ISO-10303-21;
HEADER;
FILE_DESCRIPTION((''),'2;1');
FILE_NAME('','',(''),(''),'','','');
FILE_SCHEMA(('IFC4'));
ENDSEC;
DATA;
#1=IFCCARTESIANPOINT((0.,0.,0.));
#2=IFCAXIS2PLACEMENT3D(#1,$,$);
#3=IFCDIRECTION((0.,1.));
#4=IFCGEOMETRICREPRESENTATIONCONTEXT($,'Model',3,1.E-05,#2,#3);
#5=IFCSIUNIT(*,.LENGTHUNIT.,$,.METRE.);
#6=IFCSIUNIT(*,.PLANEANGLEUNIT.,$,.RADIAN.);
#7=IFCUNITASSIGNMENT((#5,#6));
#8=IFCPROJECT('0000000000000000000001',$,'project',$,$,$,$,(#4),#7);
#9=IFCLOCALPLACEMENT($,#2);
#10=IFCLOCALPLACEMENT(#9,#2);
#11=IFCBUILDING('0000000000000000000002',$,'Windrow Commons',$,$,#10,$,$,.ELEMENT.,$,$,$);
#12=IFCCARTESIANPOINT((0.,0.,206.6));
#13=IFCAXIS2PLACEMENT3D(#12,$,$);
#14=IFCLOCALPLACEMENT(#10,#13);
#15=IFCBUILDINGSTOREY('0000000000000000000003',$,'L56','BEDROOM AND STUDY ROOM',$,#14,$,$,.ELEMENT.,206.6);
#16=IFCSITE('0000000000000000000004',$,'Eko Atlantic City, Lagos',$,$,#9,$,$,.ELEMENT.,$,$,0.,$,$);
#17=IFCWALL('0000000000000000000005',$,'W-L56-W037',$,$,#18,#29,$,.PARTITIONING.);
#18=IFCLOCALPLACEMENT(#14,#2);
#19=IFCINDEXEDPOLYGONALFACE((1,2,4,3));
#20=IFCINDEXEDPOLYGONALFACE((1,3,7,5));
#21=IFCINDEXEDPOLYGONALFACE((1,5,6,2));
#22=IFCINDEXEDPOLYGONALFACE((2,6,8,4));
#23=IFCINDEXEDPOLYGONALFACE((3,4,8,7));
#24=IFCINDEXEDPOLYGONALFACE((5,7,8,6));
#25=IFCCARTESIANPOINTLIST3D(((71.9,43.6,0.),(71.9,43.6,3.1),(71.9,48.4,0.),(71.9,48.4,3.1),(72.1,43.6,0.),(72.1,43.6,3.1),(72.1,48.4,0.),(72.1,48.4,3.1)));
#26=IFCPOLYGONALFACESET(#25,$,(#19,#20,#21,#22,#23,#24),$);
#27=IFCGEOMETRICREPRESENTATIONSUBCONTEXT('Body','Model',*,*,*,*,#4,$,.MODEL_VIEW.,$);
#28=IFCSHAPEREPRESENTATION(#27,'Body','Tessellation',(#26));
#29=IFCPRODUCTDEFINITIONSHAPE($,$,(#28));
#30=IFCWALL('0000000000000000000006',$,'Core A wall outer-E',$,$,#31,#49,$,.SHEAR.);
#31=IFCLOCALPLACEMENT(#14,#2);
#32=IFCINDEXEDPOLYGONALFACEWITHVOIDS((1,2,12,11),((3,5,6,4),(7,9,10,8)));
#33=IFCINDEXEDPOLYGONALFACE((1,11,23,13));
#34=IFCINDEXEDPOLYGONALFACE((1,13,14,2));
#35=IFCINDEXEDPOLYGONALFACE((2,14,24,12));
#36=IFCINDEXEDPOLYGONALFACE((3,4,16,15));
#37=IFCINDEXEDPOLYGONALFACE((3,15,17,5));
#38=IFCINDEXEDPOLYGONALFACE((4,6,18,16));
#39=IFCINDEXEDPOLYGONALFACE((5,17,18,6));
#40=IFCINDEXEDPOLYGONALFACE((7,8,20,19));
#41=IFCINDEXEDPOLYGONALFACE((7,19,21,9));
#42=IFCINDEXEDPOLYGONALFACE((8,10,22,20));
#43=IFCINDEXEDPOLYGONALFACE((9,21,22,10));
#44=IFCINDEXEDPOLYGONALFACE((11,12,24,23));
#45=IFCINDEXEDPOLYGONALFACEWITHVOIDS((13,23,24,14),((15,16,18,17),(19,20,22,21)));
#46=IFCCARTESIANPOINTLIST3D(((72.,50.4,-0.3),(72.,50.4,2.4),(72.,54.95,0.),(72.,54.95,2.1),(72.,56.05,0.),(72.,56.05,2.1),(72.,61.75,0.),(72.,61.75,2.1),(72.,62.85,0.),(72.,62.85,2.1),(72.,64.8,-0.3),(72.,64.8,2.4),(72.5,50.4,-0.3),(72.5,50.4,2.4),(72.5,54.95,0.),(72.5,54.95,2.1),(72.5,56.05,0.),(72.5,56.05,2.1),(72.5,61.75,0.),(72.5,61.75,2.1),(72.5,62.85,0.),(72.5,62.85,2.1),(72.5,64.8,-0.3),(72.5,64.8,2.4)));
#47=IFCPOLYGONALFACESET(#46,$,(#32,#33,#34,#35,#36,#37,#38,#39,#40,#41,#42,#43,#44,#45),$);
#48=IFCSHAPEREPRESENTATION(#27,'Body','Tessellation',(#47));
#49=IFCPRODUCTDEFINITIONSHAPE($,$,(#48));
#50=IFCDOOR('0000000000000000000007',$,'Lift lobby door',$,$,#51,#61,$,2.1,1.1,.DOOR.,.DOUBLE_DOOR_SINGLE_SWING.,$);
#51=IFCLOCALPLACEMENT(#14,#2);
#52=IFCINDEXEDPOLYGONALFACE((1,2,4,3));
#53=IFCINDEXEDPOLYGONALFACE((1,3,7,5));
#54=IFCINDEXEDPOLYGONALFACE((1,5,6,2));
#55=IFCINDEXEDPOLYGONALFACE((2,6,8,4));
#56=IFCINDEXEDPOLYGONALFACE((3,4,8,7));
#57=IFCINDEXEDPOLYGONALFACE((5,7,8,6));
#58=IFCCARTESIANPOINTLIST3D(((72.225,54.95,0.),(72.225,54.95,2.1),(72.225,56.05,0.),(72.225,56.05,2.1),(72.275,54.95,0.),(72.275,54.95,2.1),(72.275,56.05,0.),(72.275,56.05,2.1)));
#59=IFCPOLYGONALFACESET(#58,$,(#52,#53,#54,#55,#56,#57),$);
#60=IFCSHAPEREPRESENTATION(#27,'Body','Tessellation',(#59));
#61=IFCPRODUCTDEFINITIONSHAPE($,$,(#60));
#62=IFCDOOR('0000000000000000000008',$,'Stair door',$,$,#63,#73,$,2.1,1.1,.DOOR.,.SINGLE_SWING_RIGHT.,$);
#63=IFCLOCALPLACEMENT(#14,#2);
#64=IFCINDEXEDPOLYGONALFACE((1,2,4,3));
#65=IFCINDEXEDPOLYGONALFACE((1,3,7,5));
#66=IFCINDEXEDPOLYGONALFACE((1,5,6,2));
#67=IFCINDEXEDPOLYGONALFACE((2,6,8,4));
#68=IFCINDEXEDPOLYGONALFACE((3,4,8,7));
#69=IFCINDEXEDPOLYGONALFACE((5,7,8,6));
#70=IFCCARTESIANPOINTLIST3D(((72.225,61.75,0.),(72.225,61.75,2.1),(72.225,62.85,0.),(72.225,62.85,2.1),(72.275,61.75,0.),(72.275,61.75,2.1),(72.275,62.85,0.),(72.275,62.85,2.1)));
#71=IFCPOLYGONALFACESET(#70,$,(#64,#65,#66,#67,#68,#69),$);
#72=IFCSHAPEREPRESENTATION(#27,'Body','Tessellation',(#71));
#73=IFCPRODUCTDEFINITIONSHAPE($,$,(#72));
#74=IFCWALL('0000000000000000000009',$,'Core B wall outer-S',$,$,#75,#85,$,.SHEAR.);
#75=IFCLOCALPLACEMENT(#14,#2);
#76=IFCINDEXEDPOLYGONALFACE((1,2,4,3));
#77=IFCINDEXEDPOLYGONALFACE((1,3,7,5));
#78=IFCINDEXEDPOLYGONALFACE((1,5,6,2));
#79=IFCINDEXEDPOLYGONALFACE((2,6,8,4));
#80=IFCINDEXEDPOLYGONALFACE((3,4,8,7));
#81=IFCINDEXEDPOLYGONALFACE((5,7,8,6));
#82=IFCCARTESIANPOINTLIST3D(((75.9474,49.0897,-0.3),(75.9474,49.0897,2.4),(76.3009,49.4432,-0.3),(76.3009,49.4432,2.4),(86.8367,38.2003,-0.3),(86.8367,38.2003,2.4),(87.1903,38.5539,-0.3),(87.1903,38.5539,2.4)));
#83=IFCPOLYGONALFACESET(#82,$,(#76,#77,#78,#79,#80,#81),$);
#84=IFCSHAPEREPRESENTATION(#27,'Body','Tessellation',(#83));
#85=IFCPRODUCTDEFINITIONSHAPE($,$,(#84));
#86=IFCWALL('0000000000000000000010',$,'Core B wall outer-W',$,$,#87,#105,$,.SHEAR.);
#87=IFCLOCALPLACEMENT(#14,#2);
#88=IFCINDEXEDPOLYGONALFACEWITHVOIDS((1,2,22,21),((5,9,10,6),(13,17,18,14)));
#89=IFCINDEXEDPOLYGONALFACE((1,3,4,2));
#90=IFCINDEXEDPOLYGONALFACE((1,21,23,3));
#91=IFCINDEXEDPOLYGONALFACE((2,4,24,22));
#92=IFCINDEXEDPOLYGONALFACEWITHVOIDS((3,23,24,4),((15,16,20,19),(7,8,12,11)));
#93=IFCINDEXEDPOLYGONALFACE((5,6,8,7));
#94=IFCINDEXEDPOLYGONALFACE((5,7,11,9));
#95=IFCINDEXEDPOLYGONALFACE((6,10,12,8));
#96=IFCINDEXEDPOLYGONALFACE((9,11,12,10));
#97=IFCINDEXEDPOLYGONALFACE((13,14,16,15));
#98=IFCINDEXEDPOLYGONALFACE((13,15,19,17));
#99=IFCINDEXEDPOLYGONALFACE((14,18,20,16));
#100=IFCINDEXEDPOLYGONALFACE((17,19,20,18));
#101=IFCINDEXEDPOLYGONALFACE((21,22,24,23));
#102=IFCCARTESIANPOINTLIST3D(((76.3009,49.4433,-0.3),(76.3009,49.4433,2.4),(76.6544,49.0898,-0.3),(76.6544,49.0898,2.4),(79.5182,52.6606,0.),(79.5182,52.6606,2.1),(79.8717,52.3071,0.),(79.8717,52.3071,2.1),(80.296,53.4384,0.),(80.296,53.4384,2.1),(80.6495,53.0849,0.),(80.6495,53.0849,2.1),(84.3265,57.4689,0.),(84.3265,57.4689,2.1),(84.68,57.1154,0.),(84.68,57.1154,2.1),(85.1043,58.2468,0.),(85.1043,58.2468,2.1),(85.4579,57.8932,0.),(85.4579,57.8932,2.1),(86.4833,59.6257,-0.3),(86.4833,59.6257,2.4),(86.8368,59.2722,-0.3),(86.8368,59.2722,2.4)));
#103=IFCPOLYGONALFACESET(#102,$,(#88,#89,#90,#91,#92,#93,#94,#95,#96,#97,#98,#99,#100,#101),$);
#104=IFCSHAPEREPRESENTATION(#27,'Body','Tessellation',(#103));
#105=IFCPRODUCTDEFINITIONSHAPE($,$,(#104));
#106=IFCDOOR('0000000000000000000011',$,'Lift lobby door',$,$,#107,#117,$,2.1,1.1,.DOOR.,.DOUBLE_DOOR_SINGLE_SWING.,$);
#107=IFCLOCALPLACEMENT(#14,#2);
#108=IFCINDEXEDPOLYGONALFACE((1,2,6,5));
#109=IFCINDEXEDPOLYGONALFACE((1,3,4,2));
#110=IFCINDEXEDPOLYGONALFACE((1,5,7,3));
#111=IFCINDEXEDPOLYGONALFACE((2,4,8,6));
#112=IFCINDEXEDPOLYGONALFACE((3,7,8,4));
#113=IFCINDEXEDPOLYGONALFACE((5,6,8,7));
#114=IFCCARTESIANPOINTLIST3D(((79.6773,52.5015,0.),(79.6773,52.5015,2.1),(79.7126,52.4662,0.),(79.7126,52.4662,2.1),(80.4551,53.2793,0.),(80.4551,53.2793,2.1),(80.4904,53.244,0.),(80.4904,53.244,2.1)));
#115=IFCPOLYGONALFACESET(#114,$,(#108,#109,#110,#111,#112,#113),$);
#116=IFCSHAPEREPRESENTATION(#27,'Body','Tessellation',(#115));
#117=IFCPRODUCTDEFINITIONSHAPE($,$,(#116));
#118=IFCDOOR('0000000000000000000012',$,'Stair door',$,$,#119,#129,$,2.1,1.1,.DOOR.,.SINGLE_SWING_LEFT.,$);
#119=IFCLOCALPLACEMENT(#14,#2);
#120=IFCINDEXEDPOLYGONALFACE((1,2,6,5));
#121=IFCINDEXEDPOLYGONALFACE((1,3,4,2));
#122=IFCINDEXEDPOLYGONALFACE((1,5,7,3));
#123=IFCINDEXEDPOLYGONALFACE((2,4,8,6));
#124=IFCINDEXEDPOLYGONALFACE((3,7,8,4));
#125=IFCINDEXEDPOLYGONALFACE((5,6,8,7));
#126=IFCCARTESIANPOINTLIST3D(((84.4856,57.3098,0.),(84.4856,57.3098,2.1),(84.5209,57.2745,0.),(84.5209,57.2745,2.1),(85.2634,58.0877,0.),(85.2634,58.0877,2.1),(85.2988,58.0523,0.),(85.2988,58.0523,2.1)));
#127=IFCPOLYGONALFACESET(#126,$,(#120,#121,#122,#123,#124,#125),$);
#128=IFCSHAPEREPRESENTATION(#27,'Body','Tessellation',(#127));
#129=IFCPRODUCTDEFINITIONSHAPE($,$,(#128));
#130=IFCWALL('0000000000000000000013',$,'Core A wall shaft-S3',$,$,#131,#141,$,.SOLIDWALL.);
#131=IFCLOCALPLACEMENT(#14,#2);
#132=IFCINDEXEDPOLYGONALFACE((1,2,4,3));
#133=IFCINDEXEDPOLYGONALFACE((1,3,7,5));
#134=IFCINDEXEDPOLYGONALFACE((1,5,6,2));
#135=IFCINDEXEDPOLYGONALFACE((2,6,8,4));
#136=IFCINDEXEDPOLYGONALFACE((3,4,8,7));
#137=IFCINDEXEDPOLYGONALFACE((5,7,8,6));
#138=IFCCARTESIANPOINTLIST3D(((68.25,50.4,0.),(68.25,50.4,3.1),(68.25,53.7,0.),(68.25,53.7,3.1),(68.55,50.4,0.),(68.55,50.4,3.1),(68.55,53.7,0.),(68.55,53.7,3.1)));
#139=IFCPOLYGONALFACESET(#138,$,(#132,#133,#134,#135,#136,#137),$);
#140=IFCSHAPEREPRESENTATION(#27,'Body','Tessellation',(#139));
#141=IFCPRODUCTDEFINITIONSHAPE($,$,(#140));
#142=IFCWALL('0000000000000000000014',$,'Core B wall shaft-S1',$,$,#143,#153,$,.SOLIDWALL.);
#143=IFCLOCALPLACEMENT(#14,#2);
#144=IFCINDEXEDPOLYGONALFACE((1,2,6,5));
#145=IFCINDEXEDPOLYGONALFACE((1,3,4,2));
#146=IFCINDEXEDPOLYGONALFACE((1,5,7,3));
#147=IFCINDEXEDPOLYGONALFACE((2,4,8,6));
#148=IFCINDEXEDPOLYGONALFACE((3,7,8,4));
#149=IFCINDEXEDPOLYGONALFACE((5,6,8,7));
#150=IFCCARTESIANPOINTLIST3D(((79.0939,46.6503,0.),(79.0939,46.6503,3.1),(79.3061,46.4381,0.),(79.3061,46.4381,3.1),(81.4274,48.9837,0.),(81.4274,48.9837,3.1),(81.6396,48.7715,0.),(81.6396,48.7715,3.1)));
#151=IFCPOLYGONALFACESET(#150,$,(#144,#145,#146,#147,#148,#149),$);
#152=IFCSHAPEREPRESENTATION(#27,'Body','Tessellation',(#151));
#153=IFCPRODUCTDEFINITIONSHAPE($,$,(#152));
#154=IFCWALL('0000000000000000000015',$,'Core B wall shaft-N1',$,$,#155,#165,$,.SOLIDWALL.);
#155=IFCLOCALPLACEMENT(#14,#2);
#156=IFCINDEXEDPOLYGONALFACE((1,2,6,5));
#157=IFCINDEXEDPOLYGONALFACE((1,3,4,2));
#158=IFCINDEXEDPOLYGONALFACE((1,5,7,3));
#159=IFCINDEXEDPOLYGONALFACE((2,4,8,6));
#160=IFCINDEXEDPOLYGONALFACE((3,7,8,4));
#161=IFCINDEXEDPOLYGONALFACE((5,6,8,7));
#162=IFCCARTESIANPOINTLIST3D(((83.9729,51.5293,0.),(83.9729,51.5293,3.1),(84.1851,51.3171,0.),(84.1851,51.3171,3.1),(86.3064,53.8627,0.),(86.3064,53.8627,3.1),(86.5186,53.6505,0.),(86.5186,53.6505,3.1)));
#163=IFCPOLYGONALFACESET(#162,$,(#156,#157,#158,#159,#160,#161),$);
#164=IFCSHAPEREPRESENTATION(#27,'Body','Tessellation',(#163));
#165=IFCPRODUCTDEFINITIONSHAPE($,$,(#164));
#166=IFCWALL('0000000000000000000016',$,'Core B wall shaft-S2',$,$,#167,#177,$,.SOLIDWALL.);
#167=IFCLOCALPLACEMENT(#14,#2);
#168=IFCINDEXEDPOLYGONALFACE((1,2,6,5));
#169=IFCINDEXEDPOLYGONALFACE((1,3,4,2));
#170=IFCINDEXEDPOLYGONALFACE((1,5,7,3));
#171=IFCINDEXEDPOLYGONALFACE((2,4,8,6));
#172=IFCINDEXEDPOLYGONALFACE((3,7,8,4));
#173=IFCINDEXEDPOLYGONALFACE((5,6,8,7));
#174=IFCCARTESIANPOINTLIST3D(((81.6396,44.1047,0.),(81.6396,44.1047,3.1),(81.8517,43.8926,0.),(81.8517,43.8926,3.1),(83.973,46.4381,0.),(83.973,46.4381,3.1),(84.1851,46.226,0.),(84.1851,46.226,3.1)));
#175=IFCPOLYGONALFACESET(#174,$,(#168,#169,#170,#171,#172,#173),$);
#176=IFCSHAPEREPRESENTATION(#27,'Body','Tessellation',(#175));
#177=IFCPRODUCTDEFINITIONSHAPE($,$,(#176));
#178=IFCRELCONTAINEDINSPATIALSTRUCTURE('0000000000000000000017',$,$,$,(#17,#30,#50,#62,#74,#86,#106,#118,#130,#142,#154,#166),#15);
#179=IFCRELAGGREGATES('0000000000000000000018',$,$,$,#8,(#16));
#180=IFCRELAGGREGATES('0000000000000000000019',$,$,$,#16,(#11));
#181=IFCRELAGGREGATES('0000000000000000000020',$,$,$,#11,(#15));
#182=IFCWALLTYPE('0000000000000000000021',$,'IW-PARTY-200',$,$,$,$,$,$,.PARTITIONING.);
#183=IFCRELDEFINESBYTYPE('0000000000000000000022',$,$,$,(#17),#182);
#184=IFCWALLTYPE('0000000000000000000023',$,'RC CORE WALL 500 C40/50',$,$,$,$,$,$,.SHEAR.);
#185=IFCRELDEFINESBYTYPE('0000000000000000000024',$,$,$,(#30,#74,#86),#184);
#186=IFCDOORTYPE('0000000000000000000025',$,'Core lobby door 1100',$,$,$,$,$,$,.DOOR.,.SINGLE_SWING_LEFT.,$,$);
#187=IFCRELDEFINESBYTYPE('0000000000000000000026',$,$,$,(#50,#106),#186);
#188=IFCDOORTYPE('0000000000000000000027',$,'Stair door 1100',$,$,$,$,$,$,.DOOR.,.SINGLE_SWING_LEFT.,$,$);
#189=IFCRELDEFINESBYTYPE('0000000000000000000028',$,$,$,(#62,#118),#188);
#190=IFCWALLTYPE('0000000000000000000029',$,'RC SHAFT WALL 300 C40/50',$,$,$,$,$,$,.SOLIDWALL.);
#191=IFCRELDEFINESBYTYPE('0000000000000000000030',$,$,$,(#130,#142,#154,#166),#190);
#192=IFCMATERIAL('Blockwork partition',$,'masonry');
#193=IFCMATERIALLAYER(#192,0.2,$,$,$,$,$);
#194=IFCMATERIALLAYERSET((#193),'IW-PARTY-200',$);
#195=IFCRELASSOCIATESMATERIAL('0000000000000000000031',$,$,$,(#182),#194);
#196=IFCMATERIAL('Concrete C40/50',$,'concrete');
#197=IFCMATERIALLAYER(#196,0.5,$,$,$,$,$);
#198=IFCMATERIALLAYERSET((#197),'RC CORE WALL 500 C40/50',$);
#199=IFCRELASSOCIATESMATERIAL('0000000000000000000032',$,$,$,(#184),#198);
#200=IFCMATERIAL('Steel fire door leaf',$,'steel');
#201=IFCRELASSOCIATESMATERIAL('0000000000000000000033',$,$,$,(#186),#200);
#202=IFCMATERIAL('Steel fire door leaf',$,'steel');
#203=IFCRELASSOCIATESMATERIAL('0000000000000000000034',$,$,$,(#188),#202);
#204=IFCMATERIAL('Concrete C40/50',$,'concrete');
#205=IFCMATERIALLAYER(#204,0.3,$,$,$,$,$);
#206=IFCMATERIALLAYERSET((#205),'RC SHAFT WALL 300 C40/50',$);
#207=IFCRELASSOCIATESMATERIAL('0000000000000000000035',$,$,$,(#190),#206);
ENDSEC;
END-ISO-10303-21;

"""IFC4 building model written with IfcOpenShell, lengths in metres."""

from ifc_helpers import new_model, si_unit, direction, frame, frame_2d, origin, place, context, subcontext, project, spatial, rectangle, extrude, material, layer, layer_set, type_object, element, fill, save


model = new_model("IFC4")

# Units and contexts
model_context = context("Model", 3, precision=1e-05, world=origin(), true_north=direction((0.0, 1.0)))
body_context = subcontext(model_context, "Body", "Model", "MODEL_VIEW")
ifc_project = project(units=[si_unit("LENGTHUNIT", "METRE"), si_unit("PLANEANGLEUNIT", "RADIAN")], contexts=[model_context])

# Site, building, storey
site_placement = place(None, origin())
site = spatial("IfcSite", under=ifc_project, at=site_placement, Name="Eko Atlantic City, Lagos", CompositionType="ELEMENT", RefElevation=0.0)
building_placement = place(site_placement, origin())
building = spatial("IfcBuilding", under=site, at=building_placement, Name="Windrow Commons", CompositionType="ELEMENT")
storey_placement = place(building_placement, frame((0.0, 0.0, 206.6)))
storey = spatial("IfcBuildingStorey", under=building, at=storey_placement, Name="L56", Description="BEDROOM AND STUDY ROOM", CompositionType="ELEMENT", Elevation=206.6)

# Wall
ifc_material_1 = material(Name="Blockwork partition", Category="masonry")
ifc_layer_1 = layer(ifc_material_1, 0.2)
ifc_layer_set_1 = layer_set([ifc_layer_1], Name="IW-PARTY-200")
wall_type_1 = type_object("IfcWallType", Name="IW-PARTY-200", PredefinedType="PARTITIONING", material=ifc_layer_set_1)
wall_1_placement = place(storey_placement, frame((72.0, 43.6, 0.0), z_axis=(0.0, 0.0, 1.0), x_axis=(0.0, 1.0, 0.0)))
element("IfcWall", 1, at=wall_1_placement, inside=storey, type_object=wall_type_1, Name="W-L56-W037", PredefinedType="PARTITIONING", context=body_context, shape_type="SweptSolid", body=[
    extrude(rectangle(XDim=4.8, YDim=0.2, at=frame_2d((2.4, 0.0))), origin(), (0.0, 0.0, 1.0), 3.1),
])

# Wall, openings, doors
ifc_material_2 = material(Name="Concrete C40/50", Category="concrete")
ifc_layer_2 = layer(ifc_material_2, 0.5)
ifc_layer_set_2 = layer_set([ifc_layer_2], Name="RC CORE WALL 500 C40/50")
wall_type_2 = type_object("IfcWallType", Name="RC CORE WALL 500 C40/50", PredefinedType="SHEAR", material=ifc_layer_set_2)
wall_2_placement = place(storey_placement, frame((72.25, 50.4, -0.3), z_axis=(0.0, 0.0, 1.0), x_axis=(0.0, 1.0, 0.0)))
wall_2 = element("IfcWall", 2, at=wall_2_placement, inside=storey, type_object=wall_type_2, Name="Core A wall outer-E", PredefinedType="SHEAR", context=body_context, shape_type="SweptSolid", body=[
    extrude(rectangle(XDim=14.4, YDim=0.5, at=frame_2d((7.2, 0.0))), origin(), (0.0, 0.0, 1.0), 2.7),
])
opening_1_placement = place(wall_2_placement, frame((4.55, 0.0, 0.3)))
opening_1 = element("IfcOpeningElement", 3, at=opening_1_placement, cuts=wall_2, PredefinedType="OPENING", context=body_context, shape_type="SweptSolid", body=[
    extrude(rectangle(XDim=1.1, YDim=2.1, at=frame_2d((0.55, 1.05))), frame((0.0, 0.26, 0.0), z_axis=(0.0, -1.0, 0.0), x_axis=(1.0, 0.0, 0.0)), (0.0, 0.0, 1.0), 0.52),
])
opening_2_placement = place(wall_2_placement, frame((11.35, 0.0, 0.3)))
opening_2 = element("IfcOpeningElement", 4, at=opening_2_placement, cuts=wall_2, PredefinedType="OPENING", context=body_context, shape_type="SweptSolid", body=[
    extrude(rectangle(XDim=1.1, YDim=2.1, at=frame_2d((0.55, 1.05))), frame((0.0, 0.26, 0.0), z_axis=(0.0, -1.0, 0.0), x_axis=(1.0, 0.0, 0.0)), (0.0, 0.0, 1.0), 0.52),
])
ifc_material_3 = material(Name="Steel fire door leaf", Category="steel")
door_type_1 = type_object("IfcDoorType", Name="Core lobby door 1100", OperationType="SINGLE_SWING_LEFT", PredefinedType="DOOR", material=ifc_material_3)
door_1_placement = place(opening_1_placement, origin())
door_1 = element("IfcDoor", 5, at=door_1_placement, inside=storey, type_object=door_type_1, Name="Lift lobby door", OperationType="DOUBLE_DOOR_SINGLE_SWING", OverallHeight=2.1, OverallWidth=1.1, PredefinedType="DOOR", context=body_context, shape_type="SweptSolid", body=[
    extrude(rectangle(XDim=1.1, YDim=2.1, at=frame_2d((0.55, 1.05))), frame((0.0, 0.025, 0.0), z_axis=(0.0, -1.0, 0.0), x_axis=(1.0, 0.0, 0.0)), (0.0, 0.0, 1.0), 0.05),
])
fill(opening_1, door_1)
ifc_material_4 = material(Name="Steel fire door leaf", Category="steel")
door_type_2 = type_object("IfcDoorType", Name="Stair door 1100", OperationType="SINGLE_SWING_LEFT", PredefinedType="DOOR", material=ifc_material_4)
door_2_placement = place(opening_2_placement, origin())
door_2 = element("IfcDoor", 6, at=door_2_placement, inside=storey, type_object=door_type_2, Name="Stair door", OperationType="SINGLE_SWING_RIGHT", OverallHeight=2.1, OverallWidth=1.1, PredefinedType="DOOR", context=body_context, shape_type="SweptSolid", body=[
    extrude(rectangle(XDim=1.1, YDim=2.1, at=frame_2d((0.55, 1.05))), frame((0.0, 0.025, 0.0), z_axis=(0.0, -1.0, 0.0), x_axis=(1.0, 0.0, 0.0)), (0.0, 0.0, 1.0), 0.05),
])
fill(opening_2, door_2)

# Wall
wall_3_placement = place(storey_placement, frame((76.1241, 49.2665, -0.3), z_axis=(0.0, 0.0, 1.0), x_axis=(0.707107, -0.707107, 0.0)))
element("IfcWall", 7, at=wall_3_placement, inside=storey, type_object=wall_type_2, Name="Core B wall outer-S", PredefinedType="SHEAR", context=body_context, shape_type="SweptSolid", body=[
    extrude(rectangle(XDim=15.3999, YDim=0.5, at=frame_2d((7.7, 0.0))), origin(), (0.0, 0.0, 1.0), 2.7),
])

# Wall, openings, doors
wall_4_placement = place(storey_placement, frame((76.4776, 49.2665, -0.3), z_axis=(0.0, 0.0, 1.0), x_axis=(0.707107, 0.707107, 0.0)))
wall_4 = element("IfcWall", 8, at=wall_4_placement, inside=storey, type_object=wall_type_2, Name="Core B wall outer-W", PredefinedType="SHEAR", context=body_context, shape_type="SweptSolid", body=[
    extrude(rectangle(XDim=14.4001, YDim=0.5, at=frame_2d((7.2001, 0.0))), origin(), (0.0, 0.0, 1.0), 2.7),
])
opening_3_placement = place(wall_4_placement, frame((4.55, 0.0, 0.3)))
opening_3 = element("IfcOpeningElement", 9, at=opening_3_placement, cuts=wall_4, PredefinedType="OPENING", context=body_context, shape_type="SweptSolid", body=[
    extrude(rectangle(XDim=1.1, YDim=2.1, at=frame_2d((0.55, 1.05))), frame((0.0, 0.26, 0.0), z_axis=(0.0, -1.0, 0.0), x_axis=(1.0, 0.0, 0.0)), (0.0, 0.0, 1.0), 0.52),
])
opening_4_placement = place(wall_4_placement, frame((11.35, 0.0, 0.3)))
opening_4 = element("IfcOpeningElement", 10, at=opening_4_placement, cuts=wall_4, PredefinedType="OPENING", context=body_context, shape_type="SweptSolid", body=[
    extrude(rectangle(XDim=1.1, YDim=2.1, at=frame_2d((0.55, 1.05))), frame((0.0, 0.26, 0.0), z_axis=(0.0, -1.0, 0.0), x_axis=(1.0, 0.0, 0.0)), (0.0, 0.0, 1.0), 0.52),
])
door_3_placement = place(opening_3_placement, origin())
door_3 = element("IfcDoor", 11, at=door_3_placement, inside=storey, type_object=door_type_1, Name="Lift lobby door", OperationType="DOUBLE_DOOR_SINGLE_SWING", OverallHeight=2.1, OverallWidth=1.1, PredefinedType="DOOR", context=body_context, shape_type="SweptSolid", body=[
    extrude(rectangle(XDim=1.1, YDim=2.1, at=frame_2d((0.55, 1.05))), frame((0.0, 0.025, 0.0), z_axis=(0.0, -1.0, 0.0), x_axis=(1.0, 0.0, 0.0)), (0.0, 0.0, 1.0), 0.05),
])
fill(opening_3, door_3)
door_4_placement = place(opening_4_placement, origin())
door_4 = element("IfcDoor", 12, at=door_4_placement, inside=storey, type_object=door_type_2, Name="Stair door", OperationType="SINGLE_SWING_LEFT", OverallHeight=2.1, OverallWidth=1.1, PredefinedType="DOOR", context=body_context, shape_type="SweptSolid", body=[
    extrude(rectangle(XDim=1.1, YDim=2.1, at=frame_2d((0.55, 1.05))), frame((0.0, 0.025, 0.0), z_axis=(0.0, -1.0, 0.0), x_axis=(1.0, 0.0, 0.0)), (0.0, 0.0, 1.0), 0.05),
])
fill(opening_4, door_4)

# Walls
ifc_material_5 = material(Name="Concrete C40/50", Category="concrete")
ifc_layer_3 = layer(ifc_material_5, 0.3)
ifc_layer_set_3 = layer_set([ifc_layer_3], Name="RC SHAFT WALL 300 C40/50")
wall_type_3 = type_object("IfcWallType", Name="RC SHAFT WALL 300 C40/50", PredefinedType="SOLIDWALL", material=ifc_layer_set_3)
for number, where, z_axis, x_axis, name in (
    (13, (68.4, 50.4, 0.0), (0.0, 0.0, 1.0), (0.0, 1.0, 0.0), "Core A wall shaft-S3"),
    (14, (79.2, 46.5442, 0.0), (0.0, 0.0, 1.0), (0.707122, 0.707092, 0.0), "Core B wall shaft-S1"),
    (15, (84.079, 51.4232, 0.0), (0.0, 0.0, 1.0), (0.707122, 0.707092, 0.0), "Core B wall shaft-N1"),
):
    element("IfcWall", number, at=place(storey_placement, frame(where, z_axis=z_axis, x_axis=x_axis)), inside=storey, type_object=wall_type_3, Name=name, PredefinedType="SOLIDWALL", context=body_context, shape_type="SweptSolid", body=[
        extrude(rectangle(XDim=3.3, YDim=0.3, at=frame_2d((1.65, 0.0))), origin(), (0.0, 0.0, 1.0), 3.1),
    ])
wall_5_placement = place(storey_placement, frame((81.7456, 43.9986, 0.0), z_axis=(0.0, 0.0, 1.0), x_axis=(0.707107, 0.707107, 0.0)))
element("IfcWall", 16, at=wall_5_placement, inside=storey, type_object=wall_type_3, Name="Core B wall shaft-S2", PredefinedType="SOLIDWALL", context=body_context, shape_type="SweptSolid", body=[
    extrude(rectangle(XDim=3.2999, YDim=0.3, at=frame_2d((1.65, 0.0))), origin(), (0.0, 0.0, 1.0), 3.1),
])

save(model, "model.ifc")
